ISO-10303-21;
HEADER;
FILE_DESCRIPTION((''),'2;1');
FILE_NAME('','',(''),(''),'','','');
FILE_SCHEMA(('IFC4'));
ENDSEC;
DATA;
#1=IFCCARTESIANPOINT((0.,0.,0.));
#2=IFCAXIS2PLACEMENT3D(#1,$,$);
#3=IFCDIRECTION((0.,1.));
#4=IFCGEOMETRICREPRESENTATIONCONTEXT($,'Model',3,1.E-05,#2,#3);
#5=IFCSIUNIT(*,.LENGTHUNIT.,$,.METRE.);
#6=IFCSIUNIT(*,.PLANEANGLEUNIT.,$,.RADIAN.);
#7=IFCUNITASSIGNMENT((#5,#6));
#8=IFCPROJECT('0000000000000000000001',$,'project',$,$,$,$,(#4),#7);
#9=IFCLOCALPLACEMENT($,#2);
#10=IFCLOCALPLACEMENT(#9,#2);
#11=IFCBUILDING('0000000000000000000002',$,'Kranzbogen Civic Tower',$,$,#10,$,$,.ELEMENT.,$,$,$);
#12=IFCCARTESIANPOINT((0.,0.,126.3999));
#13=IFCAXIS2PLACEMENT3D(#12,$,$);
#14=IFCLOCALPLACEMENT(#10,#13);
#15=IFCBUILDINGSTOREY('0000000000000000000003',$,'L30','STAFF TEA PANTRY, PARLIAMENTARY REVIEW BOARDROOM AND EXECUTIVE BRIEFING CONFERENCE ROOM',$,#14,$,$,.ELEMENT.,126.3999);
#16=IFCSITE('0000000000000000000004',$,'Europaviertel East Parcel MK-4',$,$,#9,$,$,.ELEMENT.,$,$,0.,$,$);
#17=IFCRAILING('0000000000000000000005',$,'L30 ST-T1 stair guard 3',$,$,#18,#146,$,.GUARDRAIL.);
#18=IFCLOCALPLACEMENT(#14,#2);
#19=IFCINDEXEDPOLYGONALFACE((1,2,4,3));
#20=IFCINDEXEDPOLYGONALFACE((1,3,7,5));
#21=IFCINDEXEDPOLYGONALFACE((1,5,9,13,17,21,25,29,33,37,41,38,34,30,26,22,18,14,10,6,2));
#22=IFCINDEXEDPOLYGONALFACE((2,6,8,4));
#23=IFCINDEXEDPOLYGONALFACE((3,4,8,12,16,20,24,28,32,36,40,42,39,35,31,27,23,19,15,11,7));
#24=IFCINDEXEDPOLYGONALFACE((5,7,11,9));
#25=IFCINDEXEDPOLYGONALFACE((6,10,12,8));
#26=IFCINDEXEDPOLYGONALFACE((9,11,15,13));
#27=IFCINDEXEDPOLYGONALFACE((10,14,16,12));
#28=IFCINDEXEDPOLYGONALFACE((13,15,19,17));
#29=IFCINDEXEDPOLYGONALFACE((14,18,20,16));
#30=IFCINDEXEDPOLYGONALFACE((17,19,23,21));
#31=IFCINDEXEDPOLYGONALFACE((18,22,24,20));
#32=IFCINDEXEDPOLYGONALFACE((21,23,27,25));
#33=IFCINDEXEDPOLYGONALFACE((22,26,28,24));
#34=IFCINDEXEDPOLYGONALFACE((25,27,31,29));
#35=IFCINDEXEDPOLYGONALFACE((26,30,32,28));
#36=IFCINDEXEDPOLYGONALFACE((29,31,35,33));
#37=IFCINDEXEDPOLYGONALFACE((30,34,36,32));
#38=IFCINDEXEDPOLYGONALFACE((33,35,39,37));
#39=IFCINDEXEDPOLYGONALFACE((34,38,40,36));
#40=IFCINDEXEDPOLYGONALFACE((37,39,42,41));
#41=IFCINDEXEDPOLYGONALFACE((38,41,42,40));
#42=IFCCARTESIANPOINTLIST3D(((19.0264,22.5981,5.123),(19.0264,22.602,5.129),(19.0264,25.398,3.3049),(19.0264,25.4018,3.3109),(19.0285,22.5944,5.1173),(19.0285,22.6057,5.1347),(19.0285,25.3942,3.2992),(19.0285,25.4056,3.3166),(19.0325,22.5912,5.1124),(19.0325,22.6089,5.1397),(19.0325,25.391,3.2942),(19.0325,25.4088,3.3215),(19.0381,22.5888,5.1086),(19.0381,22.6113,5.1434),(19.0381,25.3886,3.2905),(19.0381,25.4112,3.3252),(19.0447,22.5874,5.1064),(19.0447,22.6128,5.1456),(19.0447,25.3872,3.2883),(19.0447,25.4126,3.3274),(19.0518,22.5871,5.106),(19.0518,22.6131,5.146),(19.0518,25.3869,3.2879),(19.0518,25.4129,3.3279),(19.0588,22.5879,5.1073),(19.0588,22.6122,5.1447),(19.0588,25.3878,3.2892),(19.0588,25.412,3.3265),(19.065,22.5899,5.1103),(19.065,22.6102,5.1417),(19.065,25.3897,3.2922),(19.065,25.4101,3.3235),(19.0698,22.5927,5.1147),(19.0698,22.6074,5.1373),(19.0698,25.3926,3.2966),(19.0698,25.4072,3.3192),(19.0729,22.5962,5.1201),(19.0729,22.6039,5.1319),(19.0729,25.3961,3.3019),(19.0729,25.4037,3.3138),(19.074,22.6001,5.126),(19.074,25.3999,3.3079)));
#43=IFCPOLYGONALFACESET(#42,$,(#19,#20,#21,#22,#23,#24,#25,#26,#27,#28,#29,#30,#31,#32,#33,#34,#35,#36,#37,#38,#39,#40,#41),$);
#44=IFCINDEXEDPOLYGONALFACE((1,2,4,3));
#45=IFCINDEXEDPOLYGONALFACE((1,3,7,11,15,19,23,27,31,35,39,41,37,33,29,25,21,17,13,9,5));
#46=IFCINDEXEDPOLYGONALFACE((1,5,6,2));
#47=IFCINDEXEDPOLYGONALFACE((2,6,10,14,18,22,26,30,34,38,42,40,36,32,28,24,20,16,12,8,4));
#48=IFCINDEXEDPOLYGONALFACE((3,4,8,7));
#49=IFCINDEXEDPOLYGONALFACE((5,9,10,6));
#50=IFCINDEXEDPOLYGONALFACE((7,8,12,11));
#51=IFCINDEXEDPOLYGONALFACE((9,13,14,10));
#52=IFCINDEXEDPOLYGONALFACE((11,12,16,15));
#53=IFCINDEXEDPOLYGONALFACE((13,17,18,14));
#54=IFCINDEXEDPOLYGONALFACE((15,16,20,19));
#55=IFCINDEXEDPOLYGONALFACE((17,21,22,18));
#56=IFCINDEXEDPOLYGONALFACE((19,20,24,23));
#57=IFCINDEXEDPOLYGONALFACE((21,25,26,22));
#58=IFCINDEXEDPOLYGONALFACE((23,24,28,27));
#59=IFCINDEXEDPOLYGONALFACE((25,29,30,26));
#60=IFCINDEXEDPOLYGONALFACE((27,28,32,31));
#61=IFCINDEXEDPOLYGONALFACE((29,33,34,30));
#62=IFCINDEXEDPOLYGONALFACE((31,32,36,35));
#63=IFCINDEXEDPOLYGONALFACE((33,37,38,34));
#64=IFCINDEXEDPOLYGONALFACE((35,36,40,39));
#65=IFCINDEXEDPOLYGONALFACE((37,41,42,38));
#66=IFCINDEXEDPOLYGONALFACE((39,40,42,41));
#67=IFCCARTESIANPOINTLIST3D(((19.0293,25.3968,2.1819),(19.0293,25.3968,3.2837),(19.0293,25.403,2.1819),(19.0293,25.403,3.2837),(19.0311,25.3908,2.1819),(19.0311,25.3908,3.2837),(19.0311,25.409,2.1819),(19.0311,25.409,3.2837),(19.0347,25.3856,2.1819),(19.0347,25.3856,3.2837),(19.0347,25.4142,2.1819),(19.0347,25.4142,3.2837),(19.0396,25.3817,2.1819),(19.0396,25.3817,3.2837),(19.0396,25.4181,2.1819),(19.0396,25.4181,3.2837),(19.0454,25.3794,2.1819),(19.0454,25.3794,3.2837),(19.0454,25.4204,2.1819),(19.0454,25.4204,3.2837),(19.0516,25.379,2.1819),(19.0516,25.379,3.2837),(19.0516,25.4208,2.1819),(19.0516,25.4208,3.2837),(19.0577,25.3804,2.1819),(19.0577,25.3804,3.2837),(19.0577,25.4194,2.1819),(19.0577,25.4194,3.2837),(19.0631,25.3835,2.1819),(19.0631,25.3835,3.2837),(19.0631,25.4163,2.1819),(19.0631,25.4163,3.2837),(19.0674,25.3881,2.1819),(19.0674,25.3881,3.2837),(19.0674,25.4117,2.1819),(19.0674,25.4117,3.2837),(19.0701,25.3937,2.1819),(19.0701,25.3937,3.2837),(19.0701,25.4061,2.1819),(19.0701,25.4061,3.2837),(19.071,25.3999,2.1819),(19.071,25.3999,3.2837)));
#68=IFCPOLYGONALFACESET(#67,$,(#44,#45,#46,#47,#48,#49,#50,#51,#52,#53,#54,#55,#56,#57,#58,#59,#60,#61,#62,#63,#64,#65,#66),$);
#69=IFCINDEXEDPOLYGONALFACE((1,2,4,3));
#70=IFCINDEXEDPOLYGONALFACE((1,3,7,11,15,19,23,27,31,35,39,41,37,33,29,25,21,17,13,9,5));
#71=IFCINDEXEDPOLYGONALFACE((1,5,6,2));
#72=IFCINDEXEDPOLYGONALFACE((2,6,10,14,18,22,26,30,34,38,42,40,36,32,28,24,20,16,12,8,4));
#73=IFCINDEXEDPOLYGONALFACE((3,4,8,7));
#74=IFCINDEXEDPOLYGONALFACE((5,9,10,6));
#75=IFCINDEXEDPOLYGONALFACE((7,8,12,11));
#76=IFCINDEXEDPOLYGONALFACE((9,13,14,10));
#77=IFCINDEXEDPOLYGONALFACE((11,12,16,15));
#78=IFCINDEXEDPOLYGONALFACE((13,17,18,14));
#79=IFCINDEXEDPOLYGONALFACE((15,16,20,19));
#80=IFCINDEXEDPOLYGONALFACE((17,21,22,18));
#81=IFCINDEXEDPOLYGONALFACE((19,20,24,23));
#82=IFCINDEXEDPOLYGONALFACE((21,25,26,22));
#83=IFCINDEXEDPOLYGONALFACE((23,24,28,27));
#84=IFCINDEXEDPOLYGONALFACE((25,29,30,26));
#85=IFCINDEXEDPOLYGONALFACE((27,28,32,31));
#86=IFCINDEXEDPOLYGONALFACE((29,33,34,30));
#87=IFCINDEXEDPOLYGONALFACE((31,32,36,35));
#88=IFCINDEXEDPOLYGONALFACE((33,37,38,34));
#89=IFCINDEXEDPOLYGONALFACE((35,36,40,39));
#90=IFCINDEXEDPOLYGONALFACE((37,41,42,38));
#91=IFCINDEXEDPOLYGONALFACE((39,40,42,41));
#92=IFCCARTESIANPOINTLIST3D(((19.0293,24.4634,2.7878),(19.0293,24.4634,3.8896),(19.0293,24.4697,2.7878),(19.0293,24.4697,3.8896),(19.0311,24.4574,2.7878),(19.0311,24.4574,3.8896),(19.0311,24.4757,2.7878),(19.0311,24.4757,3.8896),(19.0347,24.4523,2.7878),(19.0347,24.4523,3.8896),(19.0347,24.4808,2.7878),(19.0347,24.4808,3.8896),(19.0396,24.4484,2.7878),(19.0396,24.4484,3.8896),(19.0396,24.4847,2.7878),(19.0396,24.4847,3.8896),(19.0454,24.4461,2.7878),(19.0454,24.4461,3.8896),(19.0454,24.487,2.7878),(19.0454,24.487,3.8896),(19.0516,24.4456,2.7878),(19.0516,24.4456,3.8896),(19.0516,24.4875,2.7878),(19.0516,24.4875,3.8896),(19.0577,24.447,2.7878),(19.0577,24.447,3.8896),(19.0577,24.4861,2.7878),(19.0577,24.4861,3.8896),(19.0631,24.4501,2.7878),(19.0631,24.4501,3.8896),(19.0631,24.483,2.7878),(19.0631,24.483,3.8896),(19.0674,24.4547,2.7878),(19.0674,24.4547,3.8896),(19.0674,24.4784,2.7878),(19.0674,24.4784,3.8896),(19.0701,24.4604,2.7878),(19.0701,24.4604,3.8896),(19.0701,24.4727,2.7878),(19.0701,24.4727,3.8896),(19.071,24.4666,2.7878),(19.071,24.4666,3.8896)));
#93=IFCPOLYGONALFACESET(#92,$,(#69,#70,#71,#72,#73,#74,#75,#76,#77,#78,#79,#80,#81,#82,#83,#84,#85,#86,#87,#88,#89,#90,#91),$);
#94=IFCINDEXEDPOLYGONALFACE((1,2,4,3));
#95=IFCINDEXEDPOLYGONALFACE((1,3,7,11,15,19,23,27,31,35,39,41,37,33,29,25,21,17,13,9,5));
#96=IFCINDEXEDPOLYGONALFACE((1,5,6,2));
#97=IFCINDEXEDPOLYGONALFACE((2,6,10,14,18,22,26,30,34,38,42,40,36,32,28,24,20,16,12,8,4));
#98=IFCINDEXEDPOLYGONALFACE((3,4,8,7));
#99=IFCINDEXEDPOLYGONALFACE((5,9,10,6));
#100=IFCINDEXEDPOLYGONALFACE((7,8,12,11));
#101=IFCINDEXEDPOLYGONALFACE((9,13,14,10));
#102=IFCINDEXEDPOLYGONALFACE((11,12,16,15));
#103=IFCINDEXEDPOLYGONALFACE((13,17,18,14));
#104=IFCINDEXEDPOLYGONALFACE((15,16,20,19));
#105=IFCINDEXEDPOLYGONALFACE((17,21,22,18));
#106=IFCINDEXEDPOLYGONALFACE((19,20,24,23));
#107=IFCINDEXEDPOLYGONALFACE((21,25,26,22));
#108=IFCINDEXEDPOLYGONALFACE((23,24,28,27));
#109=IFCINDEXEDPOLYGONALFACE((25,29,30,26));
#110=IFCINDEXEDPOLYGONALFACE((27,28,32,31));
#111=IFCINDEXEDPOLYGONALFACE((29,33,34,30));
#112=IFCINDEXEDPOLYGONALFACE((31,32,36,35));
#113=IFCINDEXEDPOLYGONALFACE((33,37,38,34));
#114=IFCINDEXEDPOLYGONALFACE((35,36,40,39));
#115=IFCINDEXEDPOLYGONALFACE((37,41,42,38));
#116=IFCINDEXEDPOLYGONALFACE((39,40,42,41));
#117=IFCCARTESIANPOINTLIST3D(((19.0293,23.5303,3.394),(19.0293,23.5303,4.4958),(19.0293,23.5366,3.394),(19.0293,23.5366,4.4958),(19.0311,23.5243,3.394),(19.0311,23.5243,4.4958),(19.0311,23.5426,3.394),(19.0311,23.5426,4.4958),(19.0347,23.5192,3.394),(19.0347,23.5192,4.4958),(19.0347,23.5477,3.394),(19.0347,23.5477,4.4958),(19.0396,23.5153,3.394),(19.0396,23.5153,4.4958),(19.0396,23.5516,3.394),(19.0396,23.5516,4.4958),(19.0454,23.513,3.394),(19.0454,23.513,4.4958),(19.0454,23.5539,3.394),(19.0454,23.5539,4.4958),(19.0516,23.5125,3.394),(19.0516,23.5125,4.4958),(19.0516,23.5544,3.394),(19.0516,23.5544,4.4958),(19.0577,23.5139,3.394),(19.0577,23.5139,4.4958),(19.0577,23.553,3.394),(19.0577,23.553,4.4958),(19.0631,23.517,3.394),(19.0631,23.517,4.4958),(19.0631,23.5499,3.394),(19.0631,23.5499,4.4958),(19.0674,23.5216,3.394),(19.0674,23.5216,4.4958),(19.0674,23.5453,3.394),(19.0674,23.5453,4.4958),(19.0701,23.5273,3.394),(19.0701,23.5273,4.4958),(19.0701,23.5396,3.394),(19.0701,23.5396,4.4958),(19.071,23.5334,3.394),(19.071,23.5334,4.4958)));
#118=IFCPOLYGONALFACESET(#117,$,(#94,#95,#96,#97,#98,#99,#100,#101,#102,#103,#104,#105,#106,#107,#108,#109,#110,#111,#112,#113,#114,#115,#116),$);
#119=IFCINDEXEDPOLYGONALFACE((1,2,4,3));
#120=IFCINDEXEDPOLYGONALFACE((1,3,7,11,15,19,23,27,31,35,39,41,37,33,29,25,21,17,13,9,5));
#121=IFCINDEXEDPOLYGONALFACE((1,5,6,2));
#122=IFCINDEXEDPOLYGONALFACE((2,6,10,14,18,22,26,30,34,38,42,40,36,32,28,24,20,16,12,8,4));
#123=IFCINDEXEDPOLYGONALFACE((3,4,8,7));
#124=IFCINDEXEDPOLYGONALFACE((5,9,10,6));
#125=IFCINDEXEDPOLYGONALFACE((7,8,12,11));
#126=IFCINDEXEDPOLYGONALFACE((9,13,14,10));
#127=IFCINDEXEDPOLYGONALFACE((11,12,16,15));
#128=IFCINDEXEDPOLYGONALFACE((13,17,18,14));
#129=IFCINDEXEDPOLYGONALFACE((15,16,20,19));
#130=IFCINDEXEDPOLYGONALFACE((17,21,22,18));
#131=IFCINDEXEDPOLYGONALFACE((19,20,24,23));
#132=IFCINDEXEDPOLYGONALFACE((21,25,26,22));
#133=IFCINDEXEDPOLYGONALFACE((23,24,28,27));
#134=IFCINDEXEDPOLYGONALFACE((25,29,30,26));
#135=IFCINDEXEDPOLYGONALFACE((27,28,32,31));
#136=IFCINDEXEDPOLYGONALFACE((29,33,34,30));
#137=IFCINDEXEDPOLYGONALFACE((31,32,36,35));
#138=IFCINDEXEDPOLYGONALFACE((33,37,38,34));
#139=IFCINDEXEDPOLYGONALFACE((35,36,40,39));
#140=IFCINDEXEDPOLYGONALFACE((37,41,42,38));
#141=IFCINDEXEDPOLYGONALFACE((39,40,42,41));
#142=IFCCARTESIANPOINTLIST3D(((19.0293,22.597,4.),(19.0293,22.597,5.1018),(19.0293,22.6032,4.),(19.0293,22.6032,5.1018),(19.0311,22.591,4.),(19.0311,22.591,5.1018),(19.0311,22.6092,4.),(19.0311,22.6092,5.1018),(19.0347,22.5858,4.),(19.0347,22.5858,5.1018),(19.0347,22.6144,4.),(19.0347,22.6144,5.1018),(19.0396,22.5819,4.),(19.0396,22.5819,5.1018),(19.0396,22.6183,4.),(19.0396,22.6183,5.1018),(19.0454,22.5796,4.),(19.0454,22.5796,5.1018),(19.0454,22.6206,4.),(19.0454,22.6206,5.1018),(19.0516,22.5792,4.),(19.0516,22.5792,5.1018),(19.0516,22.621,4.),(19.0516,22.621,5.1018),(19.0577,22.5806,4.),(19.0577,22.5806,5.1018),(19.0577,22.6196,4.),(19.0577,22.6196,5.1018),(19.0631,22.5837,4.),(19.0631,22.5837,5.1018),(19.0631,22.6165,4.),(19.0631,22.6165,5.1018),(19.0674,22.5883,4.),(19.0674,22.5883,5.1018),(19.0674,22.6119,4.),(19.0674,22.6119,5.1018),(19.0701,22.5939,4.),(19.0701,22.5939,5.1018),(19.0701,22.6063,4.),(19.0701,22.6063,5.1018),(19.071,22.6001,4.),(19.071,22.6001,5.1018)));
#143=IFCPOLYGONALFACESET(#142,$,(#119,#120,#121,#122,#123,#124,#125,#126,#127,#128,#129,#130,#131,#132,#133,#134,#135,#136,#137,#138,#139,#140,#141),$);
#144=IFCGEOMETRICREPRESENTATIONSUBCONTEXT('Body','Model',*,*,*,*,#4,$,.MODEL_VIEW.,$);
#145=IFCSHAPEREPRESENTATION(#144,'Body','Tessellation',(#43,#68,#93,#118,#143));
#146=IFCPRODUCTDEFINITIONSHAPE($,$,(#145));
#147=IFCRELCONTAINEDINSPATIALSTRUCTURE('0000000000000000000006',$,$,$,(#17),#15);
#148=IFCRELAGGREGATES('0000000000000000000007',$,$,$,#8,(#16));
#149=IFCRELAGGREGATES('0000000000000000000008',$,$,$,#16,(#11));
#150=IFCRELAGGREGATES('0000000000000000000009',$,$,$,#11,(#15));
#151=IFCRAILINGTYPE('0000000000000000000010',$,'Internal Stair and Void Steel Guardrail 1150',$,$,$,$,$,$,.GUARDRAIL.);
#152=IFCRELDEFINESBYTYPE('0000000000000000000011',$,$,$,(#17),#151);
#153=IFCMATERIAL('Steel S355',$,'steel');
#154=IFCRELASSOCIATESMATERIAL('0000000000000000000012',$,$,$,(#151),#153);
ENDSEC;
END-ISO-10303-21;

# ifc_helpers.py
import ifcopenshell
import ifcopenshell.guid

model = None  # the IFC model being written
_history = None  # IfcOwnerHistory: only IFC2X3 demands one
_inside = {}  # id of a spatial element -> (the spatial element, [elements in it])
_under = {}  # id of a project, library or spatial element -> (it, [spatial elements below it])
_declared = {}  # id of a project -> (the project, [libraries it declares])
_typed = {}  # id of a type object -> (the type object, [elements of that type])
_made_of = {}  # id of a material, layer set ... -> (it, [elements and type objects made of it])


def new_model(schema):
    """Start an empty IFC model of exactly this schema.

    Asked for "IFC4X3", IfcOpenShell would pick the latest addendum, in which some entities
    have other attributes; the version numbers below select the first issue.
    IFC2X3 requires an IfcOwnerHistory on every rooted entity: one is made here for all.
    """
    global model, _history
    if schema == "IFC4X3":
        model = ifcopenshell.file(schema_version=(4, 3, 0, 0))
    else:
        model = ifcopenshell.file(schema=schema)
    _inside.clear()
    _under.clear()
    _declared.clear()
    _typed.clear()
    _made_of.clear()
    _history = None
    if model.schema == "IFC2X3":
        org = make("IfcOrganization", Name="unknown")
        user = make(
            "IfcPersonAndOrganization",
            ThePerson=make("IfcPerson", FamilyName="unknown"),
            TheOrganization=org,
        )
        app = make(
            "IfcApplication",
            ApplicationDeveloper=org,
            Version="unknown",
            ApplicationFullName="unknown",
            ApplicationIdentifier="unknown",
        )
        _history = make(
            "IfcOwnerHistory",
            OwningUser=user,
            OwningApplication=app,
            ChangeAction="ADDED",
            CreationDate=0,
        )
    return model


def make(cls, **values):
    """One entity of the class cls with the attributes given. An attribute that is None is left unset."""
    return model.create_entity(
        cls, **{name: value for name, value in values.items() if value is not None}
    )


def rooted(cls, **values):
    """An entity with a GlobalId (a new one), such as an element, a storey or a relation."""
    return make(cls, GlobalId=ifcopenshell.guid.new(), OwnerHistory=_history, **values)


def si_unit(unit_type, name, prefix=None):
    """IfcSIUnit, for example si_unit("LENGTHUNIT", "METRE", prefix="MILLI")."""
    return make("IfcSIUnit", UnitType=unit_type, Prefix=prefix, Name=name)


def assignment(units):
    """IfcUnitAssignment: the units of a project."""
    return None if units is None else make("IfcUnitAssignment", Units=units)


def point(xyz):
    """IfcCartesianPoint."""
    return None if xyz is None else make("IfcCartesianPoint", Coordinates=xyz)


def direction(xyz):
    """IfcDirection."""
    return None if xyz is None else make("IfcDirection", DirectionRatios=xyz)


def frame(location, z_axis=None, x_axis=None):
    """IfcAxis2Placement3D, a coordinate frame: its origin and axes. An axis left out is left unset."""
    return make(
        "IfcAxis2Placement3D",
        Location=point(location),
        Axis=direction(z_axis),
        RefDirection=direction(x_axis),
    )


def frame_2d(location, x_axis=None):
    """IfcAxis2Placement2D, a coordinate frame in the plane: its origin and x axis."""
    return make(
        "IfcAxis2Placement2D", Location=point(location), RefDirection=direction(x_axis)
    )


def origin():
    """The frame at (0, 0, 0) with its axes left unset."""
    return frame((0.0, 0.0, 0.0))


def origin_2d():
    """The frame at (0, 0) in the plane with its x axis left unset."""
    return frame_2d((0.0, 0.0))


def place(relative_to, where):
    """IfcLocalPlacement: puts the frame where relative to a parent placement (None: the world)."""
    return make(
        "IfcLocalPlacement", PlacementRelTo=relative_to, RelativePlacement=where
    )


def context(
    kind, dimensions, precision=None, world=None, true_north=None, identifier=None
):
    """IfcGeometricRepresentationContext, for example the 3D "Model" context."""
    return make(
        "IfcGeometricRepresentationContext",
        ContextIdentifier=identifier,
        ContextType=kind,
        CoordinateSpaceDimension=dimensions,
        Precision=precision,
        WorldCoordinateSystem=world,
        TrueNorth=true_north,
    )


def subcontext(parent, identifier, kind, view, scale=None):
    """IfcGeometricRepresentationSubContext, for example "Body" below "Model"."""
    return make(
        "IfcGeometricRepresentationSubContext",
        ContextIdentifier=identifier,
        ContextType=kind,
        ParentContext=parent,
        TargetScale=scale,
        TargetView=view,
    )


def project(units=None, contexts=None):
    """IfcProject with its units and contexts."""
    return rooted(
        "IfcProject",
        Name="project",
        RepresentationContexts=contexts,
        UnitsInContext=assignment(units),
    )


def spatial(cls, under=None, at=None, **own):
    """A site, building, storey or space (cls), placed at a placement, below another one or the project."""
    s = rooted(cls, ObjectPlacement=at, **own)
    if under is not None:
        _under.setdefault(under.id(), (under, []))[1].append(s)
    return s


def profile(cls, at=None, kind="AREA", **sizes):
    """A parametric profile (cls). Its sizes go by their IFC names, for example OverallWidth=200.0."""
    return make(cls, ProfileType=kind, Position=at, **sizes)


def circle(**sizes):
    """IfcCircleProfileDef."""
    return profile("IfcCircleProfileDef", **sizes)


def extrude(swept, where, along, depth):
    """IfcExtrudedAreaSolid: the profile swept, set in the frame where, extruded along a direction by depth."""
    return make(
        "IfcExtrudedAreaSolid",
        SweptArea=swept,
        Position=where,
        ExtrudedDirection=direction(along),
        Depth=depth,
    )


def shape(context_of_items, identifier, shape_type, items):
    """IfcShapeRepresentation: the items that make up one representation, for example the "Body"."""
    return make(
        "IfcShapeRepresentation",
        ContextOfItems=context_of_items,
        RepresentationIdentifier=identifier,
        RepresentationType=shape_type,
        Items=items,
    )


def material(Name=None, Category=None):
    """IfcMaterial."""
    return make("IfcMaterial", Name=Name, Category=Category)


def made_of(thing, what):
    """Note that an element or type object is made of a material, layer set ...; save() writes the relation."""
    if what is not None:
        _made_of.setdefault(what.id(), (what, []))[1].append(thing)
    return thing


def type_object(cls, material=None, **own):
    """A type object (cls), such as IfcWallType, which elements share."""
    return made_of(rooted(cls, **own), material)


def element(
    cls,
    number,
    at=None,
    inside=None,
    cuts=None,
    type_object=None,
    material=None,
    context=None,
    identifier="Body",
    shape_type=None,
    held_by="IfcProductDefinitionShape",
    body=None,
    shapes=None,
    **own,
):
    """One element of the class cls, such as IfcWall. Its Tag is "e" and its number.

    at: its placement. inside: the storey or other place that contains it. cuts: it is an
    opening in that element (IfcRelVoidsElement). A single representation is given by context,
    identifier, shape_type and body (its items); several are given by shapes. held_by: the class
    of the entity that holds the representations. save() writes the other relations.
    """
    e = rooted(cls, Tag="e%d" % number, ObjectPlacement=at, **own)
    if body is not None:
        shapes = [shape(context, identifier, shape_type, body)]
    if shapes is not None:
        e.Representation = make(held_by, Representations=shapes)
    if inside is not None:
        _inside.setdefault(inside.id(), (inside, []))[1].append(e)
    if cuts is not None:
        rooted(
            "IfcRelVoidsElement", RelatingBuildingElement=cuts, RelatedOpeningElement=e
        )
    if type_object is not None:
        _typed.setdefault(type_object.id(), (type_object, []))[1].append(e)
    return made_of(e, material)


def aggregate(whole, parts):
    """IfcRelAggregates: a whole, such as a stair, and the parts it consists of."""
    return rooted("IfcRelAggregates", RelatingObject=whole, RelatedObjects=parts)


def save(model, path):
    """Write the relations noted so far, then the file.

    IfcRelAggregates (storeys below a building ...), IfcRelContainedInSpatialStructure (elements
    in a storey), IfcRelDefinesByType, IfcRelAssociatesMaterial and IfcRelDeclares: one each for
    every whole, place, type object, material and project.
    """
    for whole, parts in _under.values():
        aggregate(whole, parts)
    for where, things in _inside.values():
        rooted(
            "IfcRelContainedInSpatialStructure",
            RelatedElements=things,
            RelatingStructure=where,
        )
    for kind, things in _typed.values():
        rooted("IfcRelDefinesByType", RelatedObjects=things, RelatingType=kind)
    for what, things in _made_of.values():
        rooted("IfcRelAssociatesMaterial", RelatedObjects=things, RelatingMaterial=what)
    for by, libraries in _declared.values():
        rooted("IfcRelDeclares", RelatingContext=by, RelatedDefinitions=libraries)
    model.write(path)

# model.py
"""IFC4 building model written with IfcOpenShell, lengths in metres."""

from ifc_helpers import new_model, si_unit, direction, frame, origin, origin_2d, place, context, subcontext, project, spatial, circle, extrude, material, type_object, element, save


model = new_model("IFC4")

# Units and contexts
model_context = context("Model", 3, precision=1e-05, world=origin(), true_north=direction((0.0, 1.0)))
body_context = subcontext(model_context, "Body", "Model", "MODEL_VIEW")
ifc_project = project(units=[si_unit("LENGTHUNIT", "METRE"), si_unit("PLANEANGLEUNIT", "RADIAN")], contexts=[model_context])

# Site, building, storey
site_placement = place(None, origin())
site = spatial("IfcSite", under=ifc_project, at=site_placement, Name="Europaviertel East Parcel MK-4", CompositionType="ELEMENT", RefElevation=0.0)
building_placement = place(site_placement, origin())
building = spatial("IfcBuilding", under=site, at=building_placement, Name="Kranzbogen Civic Tower", CompositionType="ELEMENT")
storey_placement = place(building_placement, frame((0.0, 0.0, 126.3999)))
storey = spatial("IfcBuildingStorey", under=building, at=storey_placement, Name="L30", Description="STAFF TEA PANTRY, PARLIAMENTARY REVIEW BOARDROOM AND EXECUTIVE BRIEFING CONFERENCE ROOM", CompositionType="ELEMENT", Elevation=126.3999)

# Shared definitions
ifc_material_1 = material(Name="Steel S355", Category="steel")

# Railing
railing_type_1 = type_object("IfcRailingType", Name="Internal Stair and Void Steel Guardrail 1150", PredefinedType="GUARDRAIL", material=ifc_material_1)
railing_1_placement = place(storey_placement, frame((19.05, 25.3999, 2.1819)))
element("IfcRailing", 1, at=railing_1_placement, inside=storey, type_object=railing_type_1, Name="L30 ST-T1 stair guard 3", PredefinedType="GUARDRAIL", context=body_context, shape_type="SweptSolid", body=[
    extrude(circle(Radius=0.0239, at=origin_2d()), frame((0.0, 0.0, 1.126), z_axis=(0.0, -0.838684, 0.544618), x_axis=(1.0, 0.0, 0.0)), (0.0, 0.0, 1.0), 3.3384),
    extrude(circle(Radius=0.021, at=origin_2d()), origin(), (0.0, 0.0, 1.0), 1.1018),
    extrude(circle(Radius=0.021, at=origin_2d()), frame((0.0, -0.9333, 0.606)), (0.0, 0.0, 1.0), 1.1018),
    extrude(circle(Radius=0.021, at=origin_2d()), frame((0.0, -1.8665, 1.2122)), (0.0, 0.0, 1.0), 1.1018),
    extrude(circle(Radius=0.021, at=origin_2d()), frame((0.0, -2.7998, 1.8181)), (0.0, 0.0, 1.0), 1.1018),
])

save(model, "model.ifc")
